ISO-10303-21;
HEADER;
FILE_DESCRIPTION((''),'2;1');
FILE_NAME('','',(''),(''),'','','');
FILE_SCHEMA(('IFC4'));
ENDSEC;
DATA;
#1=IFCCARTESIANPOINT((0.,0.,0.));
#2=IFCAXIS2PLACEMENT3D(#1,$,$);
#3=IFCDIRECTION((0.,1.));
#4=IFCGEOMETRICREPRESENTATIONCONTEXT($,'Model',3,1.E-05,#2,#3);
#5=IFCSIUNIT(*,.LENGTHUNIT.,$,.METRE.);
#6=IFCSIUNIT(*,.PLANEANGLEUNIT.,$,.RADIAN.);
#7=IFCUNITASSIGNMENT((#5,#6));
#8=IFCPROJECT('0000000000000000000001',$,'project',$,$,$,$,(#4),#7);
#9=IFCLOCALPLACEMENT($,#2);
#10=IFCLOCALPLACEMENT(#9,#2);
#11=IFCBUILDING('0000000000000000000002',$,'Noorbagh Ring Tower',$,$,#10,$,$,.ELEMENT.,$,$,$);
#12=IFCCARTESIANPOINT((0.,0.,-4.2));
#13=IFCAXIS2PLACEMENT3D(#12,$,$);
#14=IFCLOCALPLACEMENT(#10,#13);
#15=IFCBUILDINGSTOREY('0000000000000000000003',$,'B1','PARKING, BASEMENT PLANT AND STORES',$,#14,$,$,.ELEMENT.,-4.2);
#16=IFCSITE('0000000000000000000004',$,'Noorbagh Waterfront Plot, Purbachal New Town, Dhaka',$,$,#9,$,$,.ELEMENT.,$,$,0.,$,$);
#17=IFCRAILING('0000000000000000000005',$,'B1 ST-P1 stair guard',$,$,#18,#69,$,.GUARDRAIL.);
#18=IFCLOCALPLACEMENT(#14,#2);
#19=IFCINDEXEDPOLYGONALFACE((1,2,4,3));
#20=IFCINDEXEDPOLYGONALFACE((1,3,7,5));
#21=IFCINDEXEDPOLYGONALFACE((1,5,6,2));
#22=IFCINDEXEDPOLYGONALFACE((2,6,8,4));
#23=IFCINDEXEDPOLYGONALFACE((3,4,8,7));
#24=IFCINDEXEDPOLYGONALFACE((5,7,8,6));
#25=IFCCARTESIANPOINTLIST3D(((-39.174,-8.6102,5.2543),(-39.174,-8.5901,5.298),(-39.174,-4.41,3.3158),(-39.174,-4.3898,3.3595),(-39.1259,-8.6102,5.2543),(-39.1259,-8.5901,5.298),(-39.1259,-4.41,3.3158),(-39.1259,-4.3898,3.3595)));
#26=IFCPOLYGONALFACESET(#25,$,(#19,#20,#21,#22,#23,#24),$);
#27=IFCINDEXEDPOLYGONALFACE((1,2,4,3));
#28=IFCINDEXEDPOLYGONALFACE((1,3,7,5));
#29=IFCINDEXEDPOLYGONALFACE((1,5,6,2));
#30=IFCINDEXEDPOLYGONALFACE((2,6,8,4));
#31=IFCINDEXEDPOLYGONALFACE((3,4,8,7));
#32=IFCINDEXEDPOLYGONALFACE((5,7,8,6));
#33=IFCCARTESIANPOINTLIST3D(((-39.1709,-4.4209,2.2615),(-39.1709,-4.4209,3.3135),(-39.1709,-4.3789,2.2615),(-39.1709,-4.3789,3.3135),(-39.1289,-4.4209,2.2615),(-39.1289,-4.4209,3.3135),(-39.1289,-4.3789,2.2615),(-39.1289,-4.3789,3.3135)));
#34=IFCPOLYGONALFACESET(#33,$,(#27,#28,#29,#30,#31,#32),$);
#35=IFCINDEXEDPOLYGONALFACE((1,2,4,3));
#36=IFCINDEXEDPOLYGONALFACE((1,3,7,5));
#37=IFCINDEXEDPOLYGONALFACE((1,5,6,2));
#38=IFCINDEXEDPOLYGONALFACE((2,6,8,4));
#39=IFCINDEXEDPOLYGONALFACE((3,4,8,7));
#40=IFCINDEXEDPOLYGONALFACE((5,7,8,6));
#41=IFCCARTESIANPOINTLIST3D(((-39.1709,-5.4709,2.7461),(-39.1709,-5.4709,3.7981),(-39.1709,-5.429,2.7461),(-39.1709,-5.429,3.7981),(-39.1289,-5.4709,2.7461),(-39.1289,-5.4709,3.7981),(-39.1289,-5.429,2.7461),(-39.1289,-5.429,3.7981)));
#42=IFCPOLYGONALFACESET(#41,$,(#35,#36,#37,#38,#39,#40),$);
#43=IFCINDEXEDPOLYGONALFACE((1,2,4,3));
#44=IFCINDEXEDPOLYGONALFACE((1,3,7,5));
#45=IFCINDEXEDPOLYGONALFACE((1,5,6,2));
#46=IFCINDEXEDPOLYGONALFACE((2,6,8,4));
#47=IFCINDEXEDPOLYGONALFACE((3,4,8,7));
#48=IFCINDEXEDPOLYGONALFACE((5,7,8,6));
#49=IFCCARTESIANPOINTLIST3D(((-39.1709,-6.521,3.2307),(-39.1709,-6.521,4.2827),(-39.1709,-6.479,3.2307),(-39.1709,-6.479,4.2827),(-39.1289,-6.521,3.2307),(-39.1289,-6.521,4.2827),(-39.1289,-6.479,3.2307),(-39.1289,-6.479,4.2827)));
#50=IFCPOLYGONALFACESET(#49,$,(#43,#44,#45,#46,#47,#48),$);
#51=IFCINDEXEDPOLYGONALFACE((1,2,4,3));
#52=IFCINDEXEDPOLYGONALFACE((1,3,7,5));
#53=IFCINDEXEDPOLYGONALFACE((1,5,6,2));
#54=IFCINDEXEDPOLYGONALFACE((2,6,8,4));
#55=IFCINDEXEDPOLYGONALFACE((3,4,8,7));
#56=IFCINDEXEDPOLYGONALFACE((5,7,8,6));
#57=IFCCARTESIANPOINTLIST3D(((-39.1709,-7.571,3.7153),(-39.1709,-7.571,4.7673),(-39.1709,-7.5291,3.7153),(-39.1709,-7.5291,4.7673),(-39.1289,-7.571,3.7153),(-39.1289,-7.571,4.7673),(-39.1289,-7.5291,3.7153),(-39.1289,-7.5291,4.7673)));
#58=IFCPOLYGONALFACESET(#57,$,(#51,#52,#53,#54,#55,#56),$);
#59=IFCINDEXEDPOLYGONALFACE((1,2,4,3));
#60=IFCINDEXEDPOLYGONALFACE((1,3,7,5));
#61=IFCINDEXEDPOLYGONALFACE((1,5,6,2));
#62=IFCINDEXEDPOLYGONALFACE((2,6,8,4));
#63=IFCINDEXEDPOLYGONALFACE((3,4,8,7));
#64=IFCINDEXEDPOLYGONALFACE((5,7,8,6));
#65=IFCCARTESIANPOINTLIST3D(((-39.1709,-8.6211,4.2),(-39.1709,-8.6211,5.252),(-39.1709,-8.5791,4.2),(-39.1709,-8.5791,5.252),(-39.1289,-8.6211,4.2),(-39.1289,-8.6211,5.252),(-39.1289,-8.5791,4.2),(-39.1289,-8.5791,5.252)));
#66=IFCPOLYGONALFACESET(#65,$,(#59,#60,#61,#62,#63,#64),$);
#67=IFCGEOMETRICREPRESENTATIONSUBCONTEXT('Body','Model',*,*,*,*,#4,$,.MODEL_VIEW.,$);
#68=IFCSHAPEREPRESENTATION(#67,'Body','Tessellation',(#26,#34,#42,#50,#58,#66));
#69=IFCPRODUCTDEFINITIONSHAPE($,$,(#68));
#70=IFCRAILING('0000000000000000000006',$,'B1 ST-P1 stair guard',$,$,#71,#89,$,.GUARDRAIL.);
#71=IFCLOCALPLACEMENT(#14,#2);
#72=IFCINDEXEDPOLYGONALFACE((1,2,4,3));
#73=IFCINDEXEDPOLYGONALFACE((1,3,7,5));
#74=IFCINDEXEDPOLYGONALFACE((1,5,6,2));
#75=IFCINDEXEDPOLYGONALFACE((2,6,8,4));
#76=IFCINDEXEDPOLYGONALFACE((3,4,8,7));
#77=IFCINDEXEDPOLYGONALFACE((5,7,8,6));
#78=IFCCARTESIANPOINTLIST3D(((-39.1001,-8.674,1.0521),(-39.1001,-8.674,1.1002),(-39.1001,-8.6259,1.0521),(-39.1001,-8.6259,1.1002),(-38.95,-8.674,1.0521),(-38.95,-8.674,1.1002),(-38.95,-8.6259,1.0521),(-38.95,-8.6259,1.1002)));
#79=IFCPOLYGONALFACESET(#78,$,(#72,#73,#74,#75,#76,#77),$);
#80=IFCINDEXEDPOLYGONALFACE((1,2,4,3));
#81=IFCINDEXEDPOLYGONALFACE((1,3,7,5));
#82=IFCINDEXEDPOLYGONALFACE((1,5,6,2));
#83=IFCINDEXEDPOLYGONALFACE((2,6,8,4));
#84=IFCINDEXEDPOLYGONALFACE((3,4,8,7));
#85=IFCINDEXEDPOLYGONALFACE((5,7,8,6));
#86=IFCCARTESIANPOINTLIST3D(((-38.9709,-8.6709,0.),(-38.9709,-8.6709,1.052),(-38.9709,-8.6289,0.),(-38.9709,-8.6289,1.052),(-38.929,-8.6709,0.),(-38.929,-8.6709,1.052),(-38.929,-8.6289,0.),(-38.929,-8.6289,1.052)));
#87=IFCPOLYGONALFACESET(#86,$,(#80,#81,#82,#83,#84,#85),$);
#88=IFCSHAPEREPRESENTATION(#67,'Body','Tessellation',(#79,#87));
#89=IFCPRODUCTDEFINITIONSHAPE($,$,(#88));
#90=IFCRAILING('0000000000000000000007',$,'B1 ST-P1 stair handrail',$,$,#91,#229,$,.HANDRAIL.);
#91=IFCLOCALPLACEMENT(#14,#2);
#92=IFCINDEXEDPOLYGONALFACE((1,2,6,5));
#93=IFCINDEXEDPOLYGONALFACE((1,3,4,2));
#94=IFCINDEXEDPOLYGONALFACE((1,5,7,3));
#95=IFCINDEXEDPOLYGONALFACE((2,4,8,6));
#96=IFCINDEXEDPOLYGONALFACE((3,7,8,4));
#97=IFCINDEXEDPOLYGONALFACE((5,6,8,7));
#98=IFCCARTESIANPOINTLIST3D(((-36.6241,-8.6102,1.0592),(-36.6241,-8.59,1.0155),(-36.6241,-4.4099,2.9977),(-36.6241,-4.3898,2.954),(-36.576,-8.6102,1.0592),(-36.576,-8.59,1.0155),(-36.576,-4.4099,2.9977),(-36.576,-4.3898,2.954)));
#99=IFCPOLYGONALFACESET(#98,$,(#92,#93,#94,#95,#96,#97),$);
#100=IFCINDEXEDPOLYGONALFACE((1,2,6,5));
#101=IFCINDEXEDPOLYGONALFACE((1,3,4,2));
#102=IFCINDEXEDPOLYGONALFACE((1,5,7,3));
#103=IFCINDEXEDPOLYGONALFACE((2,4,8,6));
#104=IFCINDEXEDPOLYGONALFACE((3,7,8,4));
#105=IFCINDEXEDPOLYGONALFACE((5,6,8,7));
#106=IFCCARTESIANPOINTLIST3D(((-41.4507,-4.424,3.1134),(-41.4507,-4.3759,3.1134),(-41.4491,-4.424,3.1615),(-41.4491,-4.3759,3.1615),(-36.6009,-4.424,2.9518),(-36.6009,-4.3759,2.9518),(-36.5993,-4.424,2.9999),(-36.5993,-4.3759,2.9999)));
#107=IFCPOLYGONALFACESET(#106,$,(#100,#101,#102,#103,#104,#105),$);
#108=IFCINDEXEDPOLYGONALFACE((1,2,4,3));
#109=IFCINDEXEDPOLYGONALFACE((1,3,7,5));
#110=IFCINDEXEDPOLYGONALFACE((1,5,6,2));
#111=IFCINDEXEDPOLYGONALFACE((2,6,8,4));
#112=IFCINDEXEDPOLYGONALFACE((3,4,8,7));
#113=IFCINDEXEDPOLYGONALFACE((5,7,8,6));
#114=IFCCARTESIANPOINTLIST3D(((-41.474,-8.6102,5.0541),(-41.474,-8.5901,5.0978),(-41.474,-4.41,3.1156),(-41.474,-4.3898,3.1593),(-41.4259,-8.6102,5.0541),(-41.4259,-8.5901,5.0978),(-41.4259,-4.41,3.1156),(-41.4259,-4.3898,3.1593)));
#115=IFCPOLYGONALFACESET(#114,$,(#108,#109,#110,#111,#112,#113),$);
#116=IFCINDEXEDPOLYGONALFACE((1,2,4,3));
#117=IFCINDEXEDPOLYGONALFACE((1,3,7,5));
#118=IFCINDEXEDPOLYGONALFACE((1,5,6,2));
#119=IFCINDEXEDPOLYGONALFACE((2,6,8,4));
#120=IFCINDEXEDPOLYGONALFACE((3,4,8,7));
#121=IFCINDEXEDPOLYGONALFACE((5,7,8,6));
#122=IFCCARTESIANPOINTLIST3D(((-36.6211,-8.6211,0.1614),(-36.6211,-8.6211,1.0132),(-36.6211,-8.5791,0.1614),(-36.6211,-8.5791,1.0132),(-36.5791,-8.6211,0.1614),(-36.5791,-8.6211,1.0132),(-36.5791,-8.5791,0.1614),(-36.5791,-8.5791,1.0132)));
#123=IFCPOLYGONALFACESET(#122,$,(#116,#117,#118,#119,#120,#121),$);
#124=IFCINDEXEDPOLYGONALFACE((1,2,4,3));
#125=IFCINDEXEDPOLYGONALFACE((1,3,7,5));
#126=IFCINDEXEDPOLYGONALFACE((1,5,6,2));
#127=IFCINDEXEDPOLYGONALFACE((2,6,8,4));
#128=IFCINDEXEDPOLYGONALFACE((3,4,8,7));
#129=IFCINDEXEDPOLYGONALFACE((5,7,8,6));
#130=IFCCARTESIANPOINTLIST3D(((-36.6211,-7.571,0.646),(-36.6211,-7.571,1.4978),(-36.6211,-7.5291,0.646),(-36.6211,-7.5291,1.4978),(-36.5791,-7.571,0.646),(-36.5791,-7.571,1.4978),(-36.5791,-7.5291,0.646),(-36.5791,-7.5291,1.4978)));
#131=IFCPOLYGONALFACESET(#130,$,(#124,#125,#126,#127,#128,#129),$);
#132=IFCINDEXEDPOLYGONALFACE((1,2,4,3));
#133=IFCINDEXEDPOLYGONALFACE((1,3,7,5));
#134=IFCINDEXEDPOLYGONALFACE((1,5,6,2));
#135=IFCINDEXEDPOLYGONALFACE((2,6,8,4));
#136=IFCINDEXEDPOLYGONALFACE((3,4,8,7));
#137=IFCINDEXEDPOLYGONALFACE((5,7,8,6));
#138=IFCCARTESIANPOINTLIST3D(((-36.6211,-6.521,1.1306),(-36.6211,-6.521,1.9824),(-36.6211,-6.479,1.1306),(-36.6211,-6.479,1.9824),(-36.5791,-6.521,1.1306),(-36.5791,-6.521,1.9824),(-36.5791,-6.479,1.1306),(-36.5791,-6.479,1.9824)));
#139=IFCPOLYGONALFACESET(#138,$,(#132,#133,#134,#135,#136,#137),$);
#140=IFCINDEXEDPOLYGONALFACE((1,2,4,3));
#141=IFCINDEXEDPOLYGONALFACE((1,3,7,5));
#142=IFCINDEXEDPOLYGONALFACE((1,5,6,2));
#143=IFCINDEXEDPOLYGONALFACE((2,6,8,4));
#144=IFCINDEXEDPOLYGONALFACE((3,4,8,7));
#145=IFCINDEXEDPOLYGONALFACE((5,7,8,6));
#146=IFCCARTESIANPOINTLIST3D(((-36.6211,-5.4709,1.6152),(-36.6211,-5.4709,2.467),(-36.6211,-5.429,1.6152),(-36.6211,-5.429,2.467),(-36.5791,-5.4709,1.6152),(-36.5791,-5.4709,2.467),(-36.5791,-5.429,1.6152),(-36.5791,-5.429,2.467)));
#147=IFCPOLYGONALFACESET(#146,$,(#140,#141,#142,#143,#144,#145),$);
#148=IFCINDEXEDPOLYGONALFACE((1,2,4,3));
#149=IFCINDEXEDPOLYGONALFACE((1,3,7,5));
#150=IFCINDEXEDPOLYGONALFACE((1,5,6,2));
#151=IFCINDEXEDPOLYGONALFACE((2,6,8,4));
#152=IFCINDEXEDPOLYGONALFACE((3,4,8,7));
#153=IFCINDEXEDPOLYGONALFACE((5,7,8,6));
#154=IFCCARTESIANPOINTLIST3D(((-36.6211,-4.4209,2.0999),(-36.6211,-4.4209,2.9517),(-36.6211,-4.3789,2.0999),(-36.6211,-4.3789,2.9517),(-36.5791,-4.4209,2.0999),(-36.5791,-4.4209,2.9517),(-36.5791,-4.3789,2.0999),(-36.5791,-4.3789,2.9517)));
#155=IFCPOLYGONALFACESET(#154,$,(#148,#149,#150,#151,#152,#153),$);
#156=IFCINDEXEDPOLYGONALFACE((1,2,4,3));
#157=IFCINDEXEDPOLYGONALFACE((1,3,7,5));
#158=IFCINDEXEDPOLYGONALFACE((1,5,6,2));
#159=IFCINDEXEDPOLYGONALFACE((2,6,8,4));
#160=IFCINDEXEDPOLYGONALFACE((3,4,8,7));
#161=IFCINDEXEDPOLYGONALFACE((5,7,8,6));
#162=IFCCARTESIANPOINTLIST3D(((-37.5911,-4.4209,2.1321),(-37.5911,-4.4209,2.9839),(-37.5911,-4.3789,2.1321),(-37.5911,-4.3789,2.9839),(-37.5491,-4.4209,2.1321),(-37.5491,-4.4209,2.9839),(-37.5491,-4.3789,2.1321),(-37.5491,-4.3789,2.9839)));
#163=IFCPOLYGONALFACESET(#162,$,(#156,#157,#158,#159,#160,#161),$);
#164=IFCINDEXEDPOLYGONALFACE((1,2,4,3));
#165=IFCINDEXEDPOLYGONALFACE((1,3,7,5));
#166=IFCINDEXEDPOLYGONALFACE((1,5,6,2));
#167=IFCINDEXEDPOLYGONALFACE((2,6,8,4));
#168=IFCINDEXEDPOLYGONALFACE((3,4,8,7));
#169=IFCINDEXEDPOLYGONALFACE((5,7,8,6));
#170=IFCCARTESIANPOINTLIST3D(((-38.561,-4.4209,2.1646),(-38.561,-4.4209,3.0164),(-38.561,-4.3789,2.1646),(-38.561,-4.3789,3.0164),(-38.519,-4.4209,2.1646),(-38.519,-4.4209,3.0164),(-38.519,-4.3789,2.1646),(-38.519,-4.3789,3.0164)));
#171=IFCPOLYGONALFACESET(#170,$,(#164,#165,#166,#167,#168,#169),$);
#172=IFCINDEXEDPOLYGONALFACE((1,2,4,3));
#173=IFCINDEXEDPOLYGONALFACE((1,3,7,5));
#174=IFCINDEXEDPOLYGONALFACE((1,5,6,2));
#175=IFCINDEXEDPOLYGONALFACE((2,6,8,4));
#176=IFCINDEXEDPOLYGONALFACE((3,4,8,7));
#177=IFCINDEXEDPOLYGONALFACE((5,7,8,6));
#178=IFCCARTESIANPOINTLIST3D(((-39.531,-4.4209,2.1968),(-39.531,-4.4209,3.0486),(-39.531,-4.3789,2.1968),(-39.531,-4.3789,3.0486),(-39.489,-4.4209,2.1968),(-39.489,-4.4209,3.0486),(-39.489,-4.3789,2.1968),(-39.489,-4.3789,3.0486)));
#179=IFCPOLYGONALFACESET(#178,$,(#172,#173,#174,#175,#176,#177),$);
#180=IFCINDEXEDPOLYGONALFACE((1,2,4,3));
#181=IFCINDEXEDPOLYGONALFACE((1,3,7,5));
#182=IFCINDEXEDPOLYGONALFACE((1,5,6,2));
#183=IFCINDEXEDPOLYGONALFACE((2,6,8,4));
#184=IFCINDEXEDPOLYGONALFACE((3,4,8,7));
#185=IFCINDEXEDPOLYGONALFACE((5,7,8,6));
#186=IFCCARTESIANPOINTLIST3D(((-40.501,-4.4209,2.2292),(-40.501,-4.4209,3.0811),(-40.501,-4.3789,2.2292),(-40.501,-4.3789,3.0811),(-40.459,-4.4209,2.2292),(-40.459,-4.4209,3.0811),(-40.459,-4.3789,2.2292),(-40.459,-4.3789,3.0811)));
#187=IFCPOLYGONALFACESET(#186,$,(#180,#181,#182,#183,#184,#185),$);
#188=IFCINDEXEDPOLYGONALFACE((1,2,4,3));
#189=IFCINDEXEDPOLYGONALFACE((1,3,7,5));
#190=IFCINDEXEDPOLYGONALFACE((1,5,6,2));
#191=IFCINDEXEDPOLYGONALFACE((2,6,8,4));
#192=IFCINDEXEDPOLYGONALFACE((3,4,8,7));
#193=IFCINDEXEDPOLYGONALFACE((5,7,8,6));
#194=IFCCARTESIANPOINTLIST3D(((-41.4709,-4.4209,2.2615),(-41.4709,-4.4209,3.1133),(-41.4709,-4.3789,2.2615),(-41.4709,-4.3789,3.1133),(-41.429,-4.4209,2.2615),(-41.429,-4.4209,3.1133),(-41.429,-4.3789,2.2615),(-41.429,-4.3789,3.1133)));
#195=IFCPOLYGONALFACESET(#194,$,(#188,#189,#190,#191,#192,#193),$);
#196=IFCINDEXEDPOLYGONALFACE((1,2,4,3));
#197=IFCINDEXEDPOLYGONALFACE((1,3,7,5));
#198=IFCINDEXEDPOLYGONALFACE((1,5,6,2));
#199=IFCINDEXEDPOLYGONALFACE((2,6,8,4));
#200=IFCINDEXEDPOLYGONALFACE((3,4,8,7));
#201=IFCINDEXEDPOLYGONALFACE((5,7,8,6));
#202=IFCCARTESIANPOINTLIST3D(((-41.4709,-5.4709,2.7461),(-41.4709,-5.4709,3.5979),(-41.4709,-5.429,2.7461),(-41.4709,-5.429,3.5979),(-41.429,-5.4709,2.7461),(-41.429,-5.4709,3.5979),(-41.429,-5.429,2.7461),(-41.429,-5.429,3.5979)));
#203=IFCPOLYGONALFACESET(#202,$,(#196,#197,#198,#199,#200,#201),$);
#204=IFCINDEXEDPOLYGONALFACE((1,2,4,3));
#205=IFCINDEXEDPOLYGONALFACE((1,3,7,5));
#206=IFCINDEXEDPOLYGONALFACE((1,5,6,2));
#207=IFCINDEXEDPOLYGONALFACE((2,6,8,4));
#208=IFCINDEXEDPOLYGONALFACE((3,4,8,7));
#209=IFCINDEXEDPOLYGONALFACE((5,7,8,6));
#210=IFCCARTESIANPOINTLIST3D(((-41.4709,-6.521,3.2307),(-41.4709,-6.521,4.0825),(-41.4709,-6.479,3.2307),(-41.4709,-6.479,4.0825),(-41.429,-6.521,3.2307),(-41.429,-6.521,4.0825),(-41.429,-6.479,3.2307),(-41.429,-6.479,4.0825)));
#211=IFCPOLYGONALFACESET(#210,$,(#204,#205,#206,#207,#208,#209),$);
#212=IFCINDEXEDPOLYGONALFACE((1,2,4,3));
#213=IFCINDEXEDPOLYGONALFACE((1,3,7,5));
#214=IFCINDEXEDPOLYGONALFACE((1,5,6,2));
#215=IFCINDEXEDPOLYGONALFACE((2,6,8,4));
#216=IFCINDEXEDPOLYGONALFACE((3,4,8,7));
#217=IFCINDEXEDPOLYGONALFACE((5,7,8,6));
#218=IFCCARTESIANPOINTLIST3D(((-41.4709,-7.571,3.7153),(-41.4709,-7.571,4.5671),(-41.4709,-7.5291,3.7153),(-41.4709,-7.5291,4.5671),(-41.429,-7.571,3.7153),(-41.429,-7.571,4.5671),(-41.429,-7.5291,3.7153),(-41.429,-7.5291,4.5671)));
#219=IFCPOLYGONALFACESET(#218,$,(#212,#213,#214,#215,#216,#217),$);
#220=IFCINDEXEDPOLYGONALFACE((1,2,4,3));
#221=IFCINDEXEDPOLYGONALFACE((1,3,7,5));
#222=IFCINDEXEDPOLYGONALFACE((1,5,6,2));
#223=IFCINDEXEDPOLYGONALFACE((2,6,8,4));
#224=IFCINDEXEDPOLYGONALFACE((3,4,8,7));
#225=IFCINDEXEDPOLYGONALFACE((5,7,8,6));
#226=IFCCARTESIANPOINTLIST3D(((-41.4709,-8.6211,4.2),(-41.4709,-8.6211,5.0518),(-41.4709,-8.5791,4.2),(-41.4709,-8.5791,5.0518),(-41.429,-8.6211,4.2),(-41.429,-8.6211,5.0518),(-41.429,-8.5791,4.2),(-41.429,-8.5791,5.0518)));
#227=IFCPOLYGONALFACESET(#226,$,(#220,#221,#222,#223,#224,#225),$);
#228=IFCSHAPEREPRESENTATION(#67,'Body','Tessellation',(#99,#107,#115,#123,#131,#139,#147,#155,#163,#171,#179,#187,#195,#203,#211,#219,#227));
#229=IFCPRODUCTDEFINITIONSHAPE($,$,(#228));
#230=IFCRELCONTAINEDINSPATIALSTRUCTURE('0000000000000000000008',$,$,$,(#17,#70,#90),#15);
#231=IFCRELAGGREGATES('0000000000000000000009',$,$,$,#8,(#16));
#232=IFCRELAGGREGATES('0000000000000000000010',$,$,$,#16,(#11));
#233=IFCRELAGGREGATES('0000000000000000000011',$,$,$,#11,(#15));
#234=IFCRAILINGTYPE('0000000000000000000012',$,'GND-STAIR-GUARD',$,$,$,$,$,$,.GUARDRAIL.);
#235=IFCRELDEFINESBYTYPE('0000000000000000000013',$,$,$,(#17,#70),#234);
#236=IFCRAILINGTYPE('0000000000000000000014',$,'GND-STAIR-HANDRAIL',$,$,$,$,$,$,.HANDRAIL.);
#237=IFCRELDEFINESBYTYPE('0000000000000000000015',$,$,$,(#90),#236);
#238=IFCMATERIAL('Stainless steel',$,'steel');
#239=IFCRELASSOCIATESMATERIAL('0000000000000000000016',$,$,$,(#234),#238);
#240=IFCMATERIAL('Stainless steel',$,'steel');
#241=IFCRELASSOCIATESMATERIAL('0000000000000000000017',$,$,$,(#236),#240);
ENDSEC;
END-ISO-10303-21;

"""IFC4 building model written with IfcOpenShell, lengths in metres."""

from ifc_helpers import new_model, si_unit, direction, frame, origin, origin_2d, place, context, subcontext, project, spatial, rectangle, extrude, material, type_object, element, save


model = new_model("IFC4")

# Units and contexts
model_context = context("Model", 3, precision=1e-05, world=origin(), true_north=direction((0.0, 1.0)))
body_context = subcontext(model_context, "Body", "Model", "MODEL_VIEW")
ifc_project = project(units=[si_unit("LENGTHUNIT", "METRE"), si_unit("PLANEANGLEUNIT", "RADIAN")], contexts=[model_context])

# Site, building, storey
site_placement = place(None, origin())
site = spatial("IfcSite", under=ifc_project, at=site_placement, Name="Noorbagh Waterfront Plot, Purbachal New Town, Dhaka", CompositionType="ELEMENT", RefElevation=0.0)
building_placement = place(site_placement, origin())
building = spatial("IfcBuilding", under=site, at=building_placement, Name="Noorbagh Ring Tower", CompositionType="ELEMENT")
storey_placement = place(building_placement, frame((0.0, 0.0, -4.2)))
storey = spatial("IfcBuildingStorey", under=building, at=storey_placement, Name="B1", Description="PARKING, BASEMENT PLANT AND STORES", CompositionType="ELEMENT", Elevation=-4.2)

# Railings
ifc_material_1 = material(Name="Stainless steel", Category="steel")
railing_type_1 = type_object("IfcRailingType", Name="GND-STAIR-GUARD", PredefinedType="GUARDRAIL", material=ifc_material_1)
railing_1_placement = place(storey_placement, frame((-39.1499, -4.3999, 2.2615)))
element("IfcRailing", 1, at=railing_1_placement, inside=storey, type_object=railing_type_1, Name="B1 ST-P1 stair guard", PredefinedType="GUARDRAIL", context=body_context, shape_type="SweptSolid", body=[
    extrude(rectangle(XDim=0.0481, YDim=0.0481, at=origin_2d()), frame((0.0, 0.0, 1.0762), z_axis=(0.0, -0.907966, 0.419045), x_axis=(1.0, 0.0, 0.0)), (0.0, 0.0, 1.0), 4.626),
    extrude(rectangle(XDim=0.042, YDim=0.042, at=origin_2d()), origin(), (0.0, 0.0, 1.0), 1.052),
    extrude(rectangle(XDim=0.042, YDim=0.042, at=origin_2d()), frame((0.0, -1.05, 0.4846)), (0.0, 0.0, 1.0), 1.052),
    extrude(rectangle(XDim=0.042, YDim=0.042, at=origin_2d()), frame((0.0, -2.1001, 0.9692)), (0.0, 0.0, 1.0), 1.052),
    extrude(rectangle(XDim=0.042, YDim=0.042, at=origin_2d()), frame((0.0, -3.1501, 1.4539)), (0.0, 0.0, 1.0), 1.052),
    extrude(rectangle(XDim=0.042, YDim=0.042, at=origin_2d()), frame((0.0, -4.2002, 1.9385)), (0.0, 0.0, 1.0), 1.052),
])
railing_2_placement = place(storey_placement, frame((-38.95, -8.6499, 0.0)))
element("IfcRailing", 2, at=railing_2_placement, inside=storey, type_object=railing_type_1, Name="B1 ST-P1 stair guard", PredefinedType="GUARDRAIL", context=body_context, shape_type="SweptSolid", body=[
    extrude(rectangle(XDim=0.0481, YDim=0.0481, at=origin_2d()), frame((0.0, 0.0, 1.0762), z_axis=(-1.0, 0.0, 0.0), x_axis=(0.0, -1.0, 0.0)), (0.0, 0.0, 1.0), 0.1501),
    extrude(rectangle(XDim=0.042, YDim=0.042, at=origin_2d()), origin(), (0.0, 0.0, 1.0), 1.052),
])
ifc_material_2 = material(Name="Stainless steel", Category="steel")
railing_type_2 = type_object("IfcRailingType", Name="GND-STAIR-HANDRAIL", PredefinedType="HANDRAIL", material=ifc_material_2)
railing_3_placement = place(storey_placement, frame((-36.6001, -8.6001, 0.1614)))
element("IfcRailing", 3, at=railing_3_placement, inside=storey, type_object=railing_type_2, Name="B1 ST-P1 stair handrail", PredefinedType="HANDRAIL", context=body_context, shape_type="SweptSolid", body=[
    extrude(rectangle(XDim=0.0481, YDim=0.0481, at=origin_2d()), frame((0.0, 0.0, 0.876), z_axis=(0.0, 0.907966, 0.419045), x_axis=(-1.0, 0.0, 0.0)), (0.0, 0.0, 1.0), 4.626),
    extrude(rectangle(XDim=0.0481, YDim=0.0481, at=origin_2d()), frame((0.0, 4.2002, 2.8145), z_axis=(-0.999445, 0.0, 0.033306), x_axis=(0.0, -1.0, 0.0)), (0.0, 0.0, 1.0), 4.8525),
    extrude(rectangle(XDim=0.0481, YDim=0.0481, at=origin_2d()), frame((-4.8499, 4.2002, 2.9761), z_axis=(0.0, -0.907966, 0.419045), x_axis=(1.0, 0.0, 0.0)), (0.0, 0.0, 1.0), 4.626),
    extrude(rectangle(XDim=0.042, YDim=0.042, at=origin_2d()), origin(), (0.0, 0.0, 1.0), 0.8518),
    extrude(rectangle(XDim=0.042, YDim=0.042, at=origin_2d()), frame((0.0, 1.05, 0.4846)), (0.0, 0.0, 1.0), 0.8518),
    extrude(rectangle(XDim=0.042, YDim=0.042, at=origin_2d()), frame((0.0, 2.1001, 0.9692)), (0.0, 0.0, 1.0), 0.8518),
    extrude(rectangle(XDim=0.042, YDim=0.042, at=origin_2d()), frame((0.0, 3.1501, 1.4539)), (0.0, 0.0, 1.0), 0.8518),
    extrude(rectangle(XDim=0.042, YDim=0.042, at=origin_2d()), frame((0.0, 4.2002, 1.9385)), (0.0, 0.0, 1.0), 0.8518),
    extrude(rectangle(XDim=0.042, YDim=0.042, at=origin_2d()), frame((-0.97, 4.2002, 1.9707)), (0.0, 0.0, 1.0), 0.8518),
    extrude(rectangle(XDim=0.042, YDim=0.042, at=origin_2d()), frame((-1.9399, 4.2002, 2.0032)), (0.0, 0.0, 1.0), 0.8518),
    extrude(rectangle(XDim=0.042, YDim=0.042, at=origin_2d()), frame((-2.9099, 4.2002, 2.0354)), (0.0, 0.0, 1.0), 0.8518),
    extrude(rectangle(XDim=0.042, YDim=0.042, at=origin_2d()), frame((-3.8799, 4.2002, 2.0679)), (0.0, 0.0, 1.0), 0.8518),
    extrude(rectangle(XDim=0.042, YDim=0.042, at=origin_2d()), frame((-4.8499, 4.2002, 2.1001)), (0.0, 0.0, 1.0), 0.8518),
    extrude(rectangle(XDim=0.042, YDim=0.042, at=origin_2d()), frame((-4.8499, 3.1501, 2.5847)), (0.0, 0.0, 1.0), 0.8518),
    extrude(rectangle(XDim=0.042, YDim=0.042, at=origin_2d()), frame((-4.8499, 2.1001, 3.0693)), (0.0, 0.0, 1.0), 0.8518),
    extrude(rectangle(XDim=0.042, YDim=0.042, at=origin_2d()), frame((-4.8499, 1.05, 3.554)), (0.0, 0.0, 1.0), 0.8518),
    extrude(rectangle(XDim=0.042, YDim=0.042, at=origin_2d()), frame((-4.8499, 0.0, 4.0386)), (0.0, 0.0, 1.0), 0.8518),
])

save(model, "model.ifc")
